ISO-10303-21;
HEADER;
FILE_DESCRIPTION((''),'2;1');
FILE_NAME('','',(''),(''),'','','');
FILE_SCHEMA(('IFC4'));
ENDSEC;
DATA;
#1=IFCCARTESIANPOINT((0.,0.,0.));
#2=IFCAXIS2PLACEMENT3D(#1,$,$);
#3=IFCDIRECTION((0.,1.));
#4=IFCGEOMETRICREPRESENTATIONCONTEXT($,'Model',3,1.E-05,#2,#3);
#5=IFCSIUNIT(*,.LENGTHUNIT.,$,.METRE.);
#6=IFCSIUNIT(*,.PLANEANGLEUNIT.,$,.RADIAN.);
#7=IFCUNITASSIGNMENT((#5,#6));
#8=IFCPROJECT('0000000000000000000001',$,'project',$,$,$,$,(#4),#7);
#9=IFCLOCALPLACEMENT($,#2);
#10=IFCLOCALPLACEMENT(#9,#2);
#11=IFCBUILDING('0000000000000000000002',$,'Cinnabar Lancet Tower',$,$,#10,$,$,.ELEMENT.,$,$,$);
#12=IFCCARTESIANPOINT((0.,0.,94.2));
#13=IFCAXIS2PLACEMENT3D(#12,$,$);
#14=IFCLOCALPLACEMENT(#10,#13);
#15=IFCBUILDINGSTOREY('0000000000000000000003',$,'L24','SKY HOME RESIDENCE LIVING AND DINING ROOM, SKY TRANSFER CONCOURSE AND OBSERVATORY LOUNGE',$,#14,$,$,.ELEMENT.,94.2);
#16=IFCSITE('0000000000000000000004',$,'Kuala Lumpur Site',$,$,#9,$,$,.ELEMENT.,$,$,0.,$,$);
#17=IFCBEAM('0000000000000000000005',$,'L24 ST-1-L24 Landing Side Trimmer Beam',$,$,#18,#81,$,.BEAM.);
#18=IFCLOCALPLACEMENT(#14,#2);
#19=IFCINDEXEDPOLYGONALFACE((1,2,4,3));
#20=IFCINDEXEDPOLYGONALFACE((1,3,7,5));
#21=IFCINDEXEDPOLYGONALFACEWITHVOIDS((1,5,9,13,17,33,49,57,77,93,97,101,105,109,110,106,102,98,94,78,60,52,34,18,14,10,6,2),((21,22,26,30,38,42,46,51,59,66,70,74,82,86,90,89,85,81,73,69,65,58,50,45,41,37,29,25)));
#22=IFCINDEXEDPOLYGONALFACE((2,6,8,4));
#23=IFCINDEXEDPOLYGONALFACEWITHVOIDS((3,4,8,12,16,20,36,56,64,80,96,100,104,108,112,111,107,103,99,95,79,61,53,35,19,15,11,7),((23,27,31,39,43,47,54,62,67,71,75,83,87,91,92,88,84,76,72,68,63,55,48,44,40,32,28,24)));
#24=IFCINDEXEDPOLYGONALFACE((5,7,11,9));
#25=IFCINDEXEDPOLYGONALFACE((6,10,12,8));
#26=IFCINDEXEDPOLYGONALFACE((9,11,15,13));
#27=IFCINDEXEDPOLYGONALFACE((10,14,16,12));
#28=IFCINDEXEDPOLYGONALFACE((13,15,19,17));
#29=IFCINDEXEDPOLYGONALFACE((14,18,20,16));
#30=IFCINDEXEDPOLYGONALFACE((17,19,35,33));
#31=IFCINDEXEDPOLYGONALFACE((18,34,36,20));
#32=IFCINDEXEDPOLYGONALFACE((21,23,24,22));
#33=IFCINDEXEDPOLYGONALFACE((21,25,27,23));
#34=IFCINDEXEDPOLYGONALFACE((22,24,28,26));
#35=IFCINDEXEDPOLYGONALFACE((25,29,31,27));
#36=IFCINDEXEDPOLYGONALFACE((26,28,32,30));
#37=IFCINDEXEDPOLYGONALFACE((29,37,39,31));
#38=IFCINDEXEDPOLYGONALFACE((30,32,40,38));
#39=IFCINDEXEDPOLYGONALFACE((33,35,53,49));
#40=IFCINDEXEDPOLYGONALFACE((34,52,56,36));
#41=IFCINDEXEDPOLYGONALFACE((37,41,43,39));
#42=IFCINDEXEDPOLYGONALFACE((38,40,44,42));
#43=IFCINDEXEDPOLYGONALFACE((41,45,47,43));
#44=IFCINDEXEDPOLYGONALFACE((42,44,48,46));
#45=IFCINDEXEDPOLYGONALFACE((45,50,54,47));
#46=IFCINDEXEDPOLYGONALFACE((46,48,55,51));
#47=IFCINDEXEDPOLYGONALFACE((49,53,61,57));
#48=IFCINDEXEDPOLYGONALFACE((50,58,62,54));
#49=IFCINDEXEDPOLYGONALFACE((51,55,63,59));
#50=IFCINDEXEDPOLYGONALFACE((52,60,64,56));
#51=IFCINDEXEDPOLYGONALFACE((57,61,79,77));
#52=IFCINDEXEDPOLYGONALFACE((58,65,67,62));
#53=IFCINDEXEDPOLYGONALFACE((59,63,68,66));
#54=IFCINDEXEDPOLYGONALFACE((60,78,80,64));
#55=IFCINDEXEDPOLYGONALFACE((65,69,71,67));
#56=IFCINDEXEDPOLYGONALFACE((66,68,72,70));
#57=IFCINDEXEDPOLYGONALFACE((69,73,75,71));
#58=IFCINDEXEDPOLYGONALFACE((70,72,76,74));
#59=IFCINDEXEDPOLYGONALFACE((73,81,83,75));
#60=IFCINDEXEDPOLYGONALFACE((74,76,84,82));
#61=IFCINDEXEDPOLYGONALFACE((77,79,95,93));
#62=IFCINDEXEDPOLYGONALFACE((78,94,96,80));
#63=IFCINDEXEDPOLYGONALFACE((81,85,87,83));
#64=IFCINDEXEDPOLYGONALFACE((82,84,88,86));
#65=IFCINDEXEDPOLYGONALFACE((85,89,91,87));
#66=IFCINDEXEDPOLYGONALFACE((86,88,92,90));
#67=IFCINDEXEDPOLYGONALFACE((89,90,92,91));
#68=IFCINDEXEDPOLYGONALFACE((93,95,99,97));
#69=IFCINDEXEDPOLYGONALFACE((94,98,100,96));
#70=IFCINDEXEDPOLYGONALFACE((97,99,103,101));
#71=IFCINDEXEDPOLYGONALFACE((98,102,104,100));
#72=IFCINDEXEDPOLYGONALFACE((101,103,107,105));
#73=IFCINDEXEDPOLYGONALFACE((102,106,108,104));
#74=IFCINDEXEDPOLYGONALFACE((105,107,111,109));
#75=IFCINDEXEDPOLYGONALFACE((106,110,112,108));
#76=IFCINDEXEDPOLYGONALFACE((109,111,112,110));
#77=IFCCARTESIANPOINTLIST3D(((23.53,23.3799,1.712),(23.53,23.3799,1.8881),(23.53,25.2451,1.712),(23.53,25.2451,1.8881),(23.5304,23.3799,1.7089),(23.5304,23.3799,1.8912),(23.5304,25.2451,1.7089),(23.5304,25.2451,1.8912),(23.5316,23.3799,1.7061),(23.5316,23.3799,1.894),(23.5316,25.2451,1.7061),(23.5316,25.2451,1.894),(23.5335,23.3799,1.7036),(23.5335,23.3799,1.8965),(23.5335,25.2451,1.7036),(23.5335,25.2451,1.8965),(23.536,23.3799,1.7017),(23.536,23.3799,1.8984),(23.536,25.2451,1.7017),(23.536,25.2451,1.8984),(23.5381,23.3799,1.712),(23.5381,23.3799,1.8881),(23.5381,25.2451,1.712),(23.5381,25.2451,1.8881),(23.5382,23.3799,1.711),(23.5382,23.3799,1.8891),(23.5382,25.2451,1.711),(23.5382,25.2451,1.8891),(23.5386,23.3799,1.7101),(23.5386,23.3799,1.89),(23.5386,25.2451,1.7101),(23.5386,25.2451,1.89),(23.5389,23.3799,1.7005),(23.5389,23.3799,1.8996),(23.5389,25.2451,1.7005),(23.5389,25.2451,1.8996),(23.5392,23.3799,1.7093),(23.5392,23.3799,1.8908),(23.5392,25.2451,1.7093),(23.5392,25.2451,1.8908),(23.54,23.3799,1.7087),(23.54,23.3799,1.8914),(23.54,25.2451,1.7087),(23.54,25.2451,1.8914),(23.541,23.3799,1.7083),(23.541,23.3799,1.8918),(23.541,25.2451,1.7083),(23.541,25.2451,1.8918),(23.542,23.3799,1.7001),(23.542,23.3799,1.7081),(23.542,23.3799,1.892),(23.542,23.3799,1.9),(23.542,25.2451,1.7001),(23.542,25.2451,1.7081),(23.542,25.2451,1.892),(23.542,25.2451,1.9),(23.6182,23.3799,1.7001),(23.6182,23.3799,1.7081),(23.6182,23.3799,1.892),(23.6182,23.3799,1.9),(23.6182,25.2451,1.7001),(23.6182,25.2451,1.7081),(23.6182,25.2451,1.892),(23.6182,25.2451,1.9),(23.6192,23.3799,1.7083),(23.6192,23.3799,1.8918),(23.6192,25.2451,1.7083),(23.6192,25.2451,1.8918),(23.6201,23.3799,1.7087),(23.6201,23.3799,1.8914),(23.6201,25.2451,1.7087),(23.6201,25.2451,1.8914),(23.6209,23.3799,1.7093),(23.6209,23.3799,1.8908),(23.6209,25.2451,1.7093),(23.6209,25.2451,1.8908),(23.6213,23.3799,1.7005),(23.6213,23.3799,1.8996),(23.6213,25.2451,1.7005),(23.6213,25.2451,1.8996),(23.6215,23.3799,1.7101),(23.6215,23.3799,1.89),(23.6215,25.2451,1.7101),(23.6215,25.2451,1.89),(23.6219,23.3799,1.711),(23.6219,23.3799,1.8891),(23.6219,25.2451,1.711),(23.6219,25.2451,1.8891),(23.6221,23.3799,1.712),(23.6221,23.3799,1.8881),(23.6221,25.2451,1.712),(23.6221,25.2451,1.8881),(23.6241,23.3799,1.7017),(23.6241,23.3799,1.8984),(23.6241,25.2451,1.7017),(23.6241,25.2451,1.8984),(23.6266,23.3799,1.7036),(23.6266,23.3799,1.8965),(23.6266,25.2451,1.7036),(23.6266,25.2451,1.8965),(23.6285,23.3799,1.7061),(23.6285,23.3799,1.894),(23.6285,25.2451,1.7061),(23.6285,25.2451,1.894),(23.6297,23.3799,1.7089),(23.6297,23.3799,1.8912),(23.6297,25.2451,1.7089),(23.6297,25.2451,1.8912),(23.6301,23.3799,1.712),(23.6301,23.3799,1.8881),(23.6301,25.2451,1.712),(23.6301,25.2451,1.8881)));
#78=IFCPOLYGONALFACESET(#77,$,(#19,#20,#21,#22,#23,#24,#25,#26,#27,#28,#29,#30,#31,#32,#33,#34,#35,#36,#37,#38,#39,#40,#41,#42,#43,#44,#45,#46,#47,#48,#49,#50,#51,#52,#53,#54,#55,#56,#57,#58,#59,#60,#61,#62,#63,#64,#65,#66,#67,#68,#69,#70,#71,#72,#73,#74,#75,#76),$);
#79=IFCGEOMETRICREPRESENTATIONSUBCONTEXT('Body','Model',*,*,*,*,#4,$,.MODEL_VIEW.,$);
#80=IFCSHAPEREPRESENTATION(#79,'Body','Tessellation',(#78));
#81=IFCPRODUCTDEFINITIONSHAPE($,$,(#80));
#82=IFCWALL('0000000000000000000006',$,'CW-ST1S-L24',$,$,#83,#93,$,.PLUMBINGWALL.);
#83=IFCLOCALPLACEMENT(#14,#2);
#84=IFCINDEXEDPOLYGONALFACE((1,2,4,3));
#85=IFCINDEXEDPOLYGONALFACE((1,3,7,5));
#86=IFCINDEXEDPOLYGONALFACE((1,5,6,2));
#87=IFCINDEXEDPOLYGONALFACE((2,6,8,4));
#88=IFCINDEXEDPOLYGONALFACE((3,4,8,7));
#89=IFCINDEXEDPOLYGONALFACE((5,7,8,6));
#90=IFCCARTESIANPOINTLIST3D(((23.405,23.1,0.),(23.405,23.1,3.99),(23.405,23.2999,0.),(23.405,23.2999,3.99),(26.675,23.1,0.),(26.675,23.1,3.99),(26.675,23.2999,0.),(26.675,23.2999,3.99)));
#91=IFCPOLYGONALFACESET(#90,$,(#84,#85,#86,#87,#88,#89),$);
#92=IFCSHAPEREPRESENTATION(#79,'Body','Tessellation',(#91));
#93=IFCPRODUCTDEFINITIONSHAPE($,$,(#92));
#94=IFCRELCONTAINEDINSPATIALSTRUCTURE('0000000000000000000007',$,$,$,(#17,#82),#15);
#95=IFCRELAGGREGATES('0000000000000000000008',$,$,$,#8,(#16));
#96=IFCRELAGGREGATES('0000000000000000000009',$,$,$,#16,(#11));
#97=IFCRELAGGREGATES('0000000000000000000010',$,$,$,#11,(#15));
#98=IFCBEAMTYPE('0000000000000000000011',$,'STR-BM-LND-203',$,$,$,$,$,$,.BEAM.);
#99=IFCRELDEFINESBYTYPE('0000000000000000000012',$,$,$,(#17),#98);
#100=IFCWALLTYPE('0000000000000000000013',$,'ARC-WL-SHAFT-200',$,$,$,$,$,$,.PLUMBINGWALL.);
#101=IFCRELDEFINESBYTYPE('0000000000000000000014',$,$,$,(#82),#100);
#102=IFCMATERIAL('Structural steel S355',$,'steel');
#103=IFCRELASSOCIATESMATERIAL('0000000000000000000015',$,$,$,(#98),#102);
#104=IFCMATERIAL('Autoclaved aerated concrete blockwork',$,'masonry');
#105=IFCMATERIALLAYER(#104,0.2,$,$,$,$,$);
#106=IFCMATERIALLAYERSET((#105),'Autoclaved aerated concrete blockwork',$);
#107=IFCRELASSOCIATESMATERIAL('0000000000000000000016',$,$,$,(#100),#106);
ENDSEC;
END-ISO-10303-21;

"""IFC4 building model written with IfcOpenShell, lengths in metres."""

from ifc_helpers import new_model, si_unit, direction, frame, frame_2d, origin, origin_2d, place, context, subcontext, project, spatial, rectangle, hollow_rectangle, extrude, material, layer, layer_set, material_profile, profile_set, type_object, element, save


model = new_model("IFC4")

# Units and contexts
model_context = context("Model", 3, precision=1e-05, world=origin(), true_north=direction((0.0, 1.0)))
body_context = subcontext(model_context, "Body", "Model", "MODEL_VIEW")
ifc_project = project(units=[si_unit("LENGTHUNIT", "METRE"), si_unit("PLANEANGLEUNIT", "RADIAN")], contexts=[model_context])

# Site, building, storey
site_placement = place(None, origin())
site = spatial("IfcSite", under=ifc_project, at=site_placement, Name="Kuala Lumpur Site", CompositionType="ELEMENT", RefElevation=0.0)
building_placement = place(site_placement, origin())
building = spatial("IfcBuilding", under=site, at=building_placement, Name="Cinnabar Lancet Tower", CompositionType="ELEMENT")
storey_placement = place(building_placement, frame((0.0, 0.0, 94.2)))
storey = spatial("IfcBuildingStorey", under=building, at=storey_placement, Name="L24", Description="SKY HOME RESIDENCE LIVING AND DINING ROOM, SKY TRANSFER CONCOURSE AND OBSERVATORY LOUNGE", CompositionType="ELEMENT", Elevation=94.2)

# Beam
ifc_material_1 = material(Name="Structural steel S355", Category="steel")
ifc_material_profile_1 = material_profile(ifc_material_1, hollow_rectangle(XDim=0.1001, YDim=0.2, WallThickness=0.0081, InnerFilletRadius=0.0039, OuterFilletRadius=0.012, at=origin_2d()), Name="RHS 200x100x8")
ifc_profile_set_1 = profile_set([ifc_material_profile_1], Name="Structural steel S355")
beam_type_1 = type_object("IfcBeamType", Name="STR-BM-LND-203", PredefinedType="BEAM", material=ifc_profile_set_1)
beam_1_placement = place(storey_placement, frame((23.5801, 23.3799, 1.8), z_axis=(0.0, 1.0, 0.0), x_axis=(-1.0, 0.0, 0.0)))
element("IfcBeam", 1, at=beam_1_placement, inside=storey, type_object=beam_type_1, Name="L24 ST-1-L24 Landing Side Trimmer Beam", PredefinedType="BEAM", context=body_context, shape_type="SweptSolid", body=[
    extrude(hollow_rectangle(XDim=0.1001, YDim=0.2, WallThickness=0.0081, InnerFilletRadius=0.0039, OuterFilletRadius=0.012, at=origin_2d()), origin(), (0.0, 0.0, 1.0), 1.8652),
])

# Wall
ifc_material_2 = material(Name="Autoclaved aerated concrete blockwork", Category="masonry")
ifc_layer_1 = layer(ifc_material_2, 0.2)
ifc_layer_set_1 = layer_set([ifc_layer_1], Name="Autoclaved aerated concrete blockwork")
wall_type_1 = type_object("IfcWallType", Name="ARC-WL-SHAFT-200", PredefinedType="PLUMBINGWALL", material=ifc_layer_set_1)
wall_1_placement = place(storey_placement, frame((23.405, 23.2, 0.0), z_axis=(0.0, 0.0, 1.0), x_axis=(1.0, 0.0, 0.0)))
element("IfcWall", 2, at=wall_1_placement, inside=storey, type_object=wall_type_1, Name="CW-ST1S-L24", PredefinedType="PLUMBINGWALL", context=body_context, shape_type="SweptSolid", body=[
    extrude(rectangle(XDim=3.27, YDim=0.2, at=frame_2d((1.635, 0.0))), origin(), (0.0, 0.0, 1.0), 3.99),
])

save(model, "model.ifc")
